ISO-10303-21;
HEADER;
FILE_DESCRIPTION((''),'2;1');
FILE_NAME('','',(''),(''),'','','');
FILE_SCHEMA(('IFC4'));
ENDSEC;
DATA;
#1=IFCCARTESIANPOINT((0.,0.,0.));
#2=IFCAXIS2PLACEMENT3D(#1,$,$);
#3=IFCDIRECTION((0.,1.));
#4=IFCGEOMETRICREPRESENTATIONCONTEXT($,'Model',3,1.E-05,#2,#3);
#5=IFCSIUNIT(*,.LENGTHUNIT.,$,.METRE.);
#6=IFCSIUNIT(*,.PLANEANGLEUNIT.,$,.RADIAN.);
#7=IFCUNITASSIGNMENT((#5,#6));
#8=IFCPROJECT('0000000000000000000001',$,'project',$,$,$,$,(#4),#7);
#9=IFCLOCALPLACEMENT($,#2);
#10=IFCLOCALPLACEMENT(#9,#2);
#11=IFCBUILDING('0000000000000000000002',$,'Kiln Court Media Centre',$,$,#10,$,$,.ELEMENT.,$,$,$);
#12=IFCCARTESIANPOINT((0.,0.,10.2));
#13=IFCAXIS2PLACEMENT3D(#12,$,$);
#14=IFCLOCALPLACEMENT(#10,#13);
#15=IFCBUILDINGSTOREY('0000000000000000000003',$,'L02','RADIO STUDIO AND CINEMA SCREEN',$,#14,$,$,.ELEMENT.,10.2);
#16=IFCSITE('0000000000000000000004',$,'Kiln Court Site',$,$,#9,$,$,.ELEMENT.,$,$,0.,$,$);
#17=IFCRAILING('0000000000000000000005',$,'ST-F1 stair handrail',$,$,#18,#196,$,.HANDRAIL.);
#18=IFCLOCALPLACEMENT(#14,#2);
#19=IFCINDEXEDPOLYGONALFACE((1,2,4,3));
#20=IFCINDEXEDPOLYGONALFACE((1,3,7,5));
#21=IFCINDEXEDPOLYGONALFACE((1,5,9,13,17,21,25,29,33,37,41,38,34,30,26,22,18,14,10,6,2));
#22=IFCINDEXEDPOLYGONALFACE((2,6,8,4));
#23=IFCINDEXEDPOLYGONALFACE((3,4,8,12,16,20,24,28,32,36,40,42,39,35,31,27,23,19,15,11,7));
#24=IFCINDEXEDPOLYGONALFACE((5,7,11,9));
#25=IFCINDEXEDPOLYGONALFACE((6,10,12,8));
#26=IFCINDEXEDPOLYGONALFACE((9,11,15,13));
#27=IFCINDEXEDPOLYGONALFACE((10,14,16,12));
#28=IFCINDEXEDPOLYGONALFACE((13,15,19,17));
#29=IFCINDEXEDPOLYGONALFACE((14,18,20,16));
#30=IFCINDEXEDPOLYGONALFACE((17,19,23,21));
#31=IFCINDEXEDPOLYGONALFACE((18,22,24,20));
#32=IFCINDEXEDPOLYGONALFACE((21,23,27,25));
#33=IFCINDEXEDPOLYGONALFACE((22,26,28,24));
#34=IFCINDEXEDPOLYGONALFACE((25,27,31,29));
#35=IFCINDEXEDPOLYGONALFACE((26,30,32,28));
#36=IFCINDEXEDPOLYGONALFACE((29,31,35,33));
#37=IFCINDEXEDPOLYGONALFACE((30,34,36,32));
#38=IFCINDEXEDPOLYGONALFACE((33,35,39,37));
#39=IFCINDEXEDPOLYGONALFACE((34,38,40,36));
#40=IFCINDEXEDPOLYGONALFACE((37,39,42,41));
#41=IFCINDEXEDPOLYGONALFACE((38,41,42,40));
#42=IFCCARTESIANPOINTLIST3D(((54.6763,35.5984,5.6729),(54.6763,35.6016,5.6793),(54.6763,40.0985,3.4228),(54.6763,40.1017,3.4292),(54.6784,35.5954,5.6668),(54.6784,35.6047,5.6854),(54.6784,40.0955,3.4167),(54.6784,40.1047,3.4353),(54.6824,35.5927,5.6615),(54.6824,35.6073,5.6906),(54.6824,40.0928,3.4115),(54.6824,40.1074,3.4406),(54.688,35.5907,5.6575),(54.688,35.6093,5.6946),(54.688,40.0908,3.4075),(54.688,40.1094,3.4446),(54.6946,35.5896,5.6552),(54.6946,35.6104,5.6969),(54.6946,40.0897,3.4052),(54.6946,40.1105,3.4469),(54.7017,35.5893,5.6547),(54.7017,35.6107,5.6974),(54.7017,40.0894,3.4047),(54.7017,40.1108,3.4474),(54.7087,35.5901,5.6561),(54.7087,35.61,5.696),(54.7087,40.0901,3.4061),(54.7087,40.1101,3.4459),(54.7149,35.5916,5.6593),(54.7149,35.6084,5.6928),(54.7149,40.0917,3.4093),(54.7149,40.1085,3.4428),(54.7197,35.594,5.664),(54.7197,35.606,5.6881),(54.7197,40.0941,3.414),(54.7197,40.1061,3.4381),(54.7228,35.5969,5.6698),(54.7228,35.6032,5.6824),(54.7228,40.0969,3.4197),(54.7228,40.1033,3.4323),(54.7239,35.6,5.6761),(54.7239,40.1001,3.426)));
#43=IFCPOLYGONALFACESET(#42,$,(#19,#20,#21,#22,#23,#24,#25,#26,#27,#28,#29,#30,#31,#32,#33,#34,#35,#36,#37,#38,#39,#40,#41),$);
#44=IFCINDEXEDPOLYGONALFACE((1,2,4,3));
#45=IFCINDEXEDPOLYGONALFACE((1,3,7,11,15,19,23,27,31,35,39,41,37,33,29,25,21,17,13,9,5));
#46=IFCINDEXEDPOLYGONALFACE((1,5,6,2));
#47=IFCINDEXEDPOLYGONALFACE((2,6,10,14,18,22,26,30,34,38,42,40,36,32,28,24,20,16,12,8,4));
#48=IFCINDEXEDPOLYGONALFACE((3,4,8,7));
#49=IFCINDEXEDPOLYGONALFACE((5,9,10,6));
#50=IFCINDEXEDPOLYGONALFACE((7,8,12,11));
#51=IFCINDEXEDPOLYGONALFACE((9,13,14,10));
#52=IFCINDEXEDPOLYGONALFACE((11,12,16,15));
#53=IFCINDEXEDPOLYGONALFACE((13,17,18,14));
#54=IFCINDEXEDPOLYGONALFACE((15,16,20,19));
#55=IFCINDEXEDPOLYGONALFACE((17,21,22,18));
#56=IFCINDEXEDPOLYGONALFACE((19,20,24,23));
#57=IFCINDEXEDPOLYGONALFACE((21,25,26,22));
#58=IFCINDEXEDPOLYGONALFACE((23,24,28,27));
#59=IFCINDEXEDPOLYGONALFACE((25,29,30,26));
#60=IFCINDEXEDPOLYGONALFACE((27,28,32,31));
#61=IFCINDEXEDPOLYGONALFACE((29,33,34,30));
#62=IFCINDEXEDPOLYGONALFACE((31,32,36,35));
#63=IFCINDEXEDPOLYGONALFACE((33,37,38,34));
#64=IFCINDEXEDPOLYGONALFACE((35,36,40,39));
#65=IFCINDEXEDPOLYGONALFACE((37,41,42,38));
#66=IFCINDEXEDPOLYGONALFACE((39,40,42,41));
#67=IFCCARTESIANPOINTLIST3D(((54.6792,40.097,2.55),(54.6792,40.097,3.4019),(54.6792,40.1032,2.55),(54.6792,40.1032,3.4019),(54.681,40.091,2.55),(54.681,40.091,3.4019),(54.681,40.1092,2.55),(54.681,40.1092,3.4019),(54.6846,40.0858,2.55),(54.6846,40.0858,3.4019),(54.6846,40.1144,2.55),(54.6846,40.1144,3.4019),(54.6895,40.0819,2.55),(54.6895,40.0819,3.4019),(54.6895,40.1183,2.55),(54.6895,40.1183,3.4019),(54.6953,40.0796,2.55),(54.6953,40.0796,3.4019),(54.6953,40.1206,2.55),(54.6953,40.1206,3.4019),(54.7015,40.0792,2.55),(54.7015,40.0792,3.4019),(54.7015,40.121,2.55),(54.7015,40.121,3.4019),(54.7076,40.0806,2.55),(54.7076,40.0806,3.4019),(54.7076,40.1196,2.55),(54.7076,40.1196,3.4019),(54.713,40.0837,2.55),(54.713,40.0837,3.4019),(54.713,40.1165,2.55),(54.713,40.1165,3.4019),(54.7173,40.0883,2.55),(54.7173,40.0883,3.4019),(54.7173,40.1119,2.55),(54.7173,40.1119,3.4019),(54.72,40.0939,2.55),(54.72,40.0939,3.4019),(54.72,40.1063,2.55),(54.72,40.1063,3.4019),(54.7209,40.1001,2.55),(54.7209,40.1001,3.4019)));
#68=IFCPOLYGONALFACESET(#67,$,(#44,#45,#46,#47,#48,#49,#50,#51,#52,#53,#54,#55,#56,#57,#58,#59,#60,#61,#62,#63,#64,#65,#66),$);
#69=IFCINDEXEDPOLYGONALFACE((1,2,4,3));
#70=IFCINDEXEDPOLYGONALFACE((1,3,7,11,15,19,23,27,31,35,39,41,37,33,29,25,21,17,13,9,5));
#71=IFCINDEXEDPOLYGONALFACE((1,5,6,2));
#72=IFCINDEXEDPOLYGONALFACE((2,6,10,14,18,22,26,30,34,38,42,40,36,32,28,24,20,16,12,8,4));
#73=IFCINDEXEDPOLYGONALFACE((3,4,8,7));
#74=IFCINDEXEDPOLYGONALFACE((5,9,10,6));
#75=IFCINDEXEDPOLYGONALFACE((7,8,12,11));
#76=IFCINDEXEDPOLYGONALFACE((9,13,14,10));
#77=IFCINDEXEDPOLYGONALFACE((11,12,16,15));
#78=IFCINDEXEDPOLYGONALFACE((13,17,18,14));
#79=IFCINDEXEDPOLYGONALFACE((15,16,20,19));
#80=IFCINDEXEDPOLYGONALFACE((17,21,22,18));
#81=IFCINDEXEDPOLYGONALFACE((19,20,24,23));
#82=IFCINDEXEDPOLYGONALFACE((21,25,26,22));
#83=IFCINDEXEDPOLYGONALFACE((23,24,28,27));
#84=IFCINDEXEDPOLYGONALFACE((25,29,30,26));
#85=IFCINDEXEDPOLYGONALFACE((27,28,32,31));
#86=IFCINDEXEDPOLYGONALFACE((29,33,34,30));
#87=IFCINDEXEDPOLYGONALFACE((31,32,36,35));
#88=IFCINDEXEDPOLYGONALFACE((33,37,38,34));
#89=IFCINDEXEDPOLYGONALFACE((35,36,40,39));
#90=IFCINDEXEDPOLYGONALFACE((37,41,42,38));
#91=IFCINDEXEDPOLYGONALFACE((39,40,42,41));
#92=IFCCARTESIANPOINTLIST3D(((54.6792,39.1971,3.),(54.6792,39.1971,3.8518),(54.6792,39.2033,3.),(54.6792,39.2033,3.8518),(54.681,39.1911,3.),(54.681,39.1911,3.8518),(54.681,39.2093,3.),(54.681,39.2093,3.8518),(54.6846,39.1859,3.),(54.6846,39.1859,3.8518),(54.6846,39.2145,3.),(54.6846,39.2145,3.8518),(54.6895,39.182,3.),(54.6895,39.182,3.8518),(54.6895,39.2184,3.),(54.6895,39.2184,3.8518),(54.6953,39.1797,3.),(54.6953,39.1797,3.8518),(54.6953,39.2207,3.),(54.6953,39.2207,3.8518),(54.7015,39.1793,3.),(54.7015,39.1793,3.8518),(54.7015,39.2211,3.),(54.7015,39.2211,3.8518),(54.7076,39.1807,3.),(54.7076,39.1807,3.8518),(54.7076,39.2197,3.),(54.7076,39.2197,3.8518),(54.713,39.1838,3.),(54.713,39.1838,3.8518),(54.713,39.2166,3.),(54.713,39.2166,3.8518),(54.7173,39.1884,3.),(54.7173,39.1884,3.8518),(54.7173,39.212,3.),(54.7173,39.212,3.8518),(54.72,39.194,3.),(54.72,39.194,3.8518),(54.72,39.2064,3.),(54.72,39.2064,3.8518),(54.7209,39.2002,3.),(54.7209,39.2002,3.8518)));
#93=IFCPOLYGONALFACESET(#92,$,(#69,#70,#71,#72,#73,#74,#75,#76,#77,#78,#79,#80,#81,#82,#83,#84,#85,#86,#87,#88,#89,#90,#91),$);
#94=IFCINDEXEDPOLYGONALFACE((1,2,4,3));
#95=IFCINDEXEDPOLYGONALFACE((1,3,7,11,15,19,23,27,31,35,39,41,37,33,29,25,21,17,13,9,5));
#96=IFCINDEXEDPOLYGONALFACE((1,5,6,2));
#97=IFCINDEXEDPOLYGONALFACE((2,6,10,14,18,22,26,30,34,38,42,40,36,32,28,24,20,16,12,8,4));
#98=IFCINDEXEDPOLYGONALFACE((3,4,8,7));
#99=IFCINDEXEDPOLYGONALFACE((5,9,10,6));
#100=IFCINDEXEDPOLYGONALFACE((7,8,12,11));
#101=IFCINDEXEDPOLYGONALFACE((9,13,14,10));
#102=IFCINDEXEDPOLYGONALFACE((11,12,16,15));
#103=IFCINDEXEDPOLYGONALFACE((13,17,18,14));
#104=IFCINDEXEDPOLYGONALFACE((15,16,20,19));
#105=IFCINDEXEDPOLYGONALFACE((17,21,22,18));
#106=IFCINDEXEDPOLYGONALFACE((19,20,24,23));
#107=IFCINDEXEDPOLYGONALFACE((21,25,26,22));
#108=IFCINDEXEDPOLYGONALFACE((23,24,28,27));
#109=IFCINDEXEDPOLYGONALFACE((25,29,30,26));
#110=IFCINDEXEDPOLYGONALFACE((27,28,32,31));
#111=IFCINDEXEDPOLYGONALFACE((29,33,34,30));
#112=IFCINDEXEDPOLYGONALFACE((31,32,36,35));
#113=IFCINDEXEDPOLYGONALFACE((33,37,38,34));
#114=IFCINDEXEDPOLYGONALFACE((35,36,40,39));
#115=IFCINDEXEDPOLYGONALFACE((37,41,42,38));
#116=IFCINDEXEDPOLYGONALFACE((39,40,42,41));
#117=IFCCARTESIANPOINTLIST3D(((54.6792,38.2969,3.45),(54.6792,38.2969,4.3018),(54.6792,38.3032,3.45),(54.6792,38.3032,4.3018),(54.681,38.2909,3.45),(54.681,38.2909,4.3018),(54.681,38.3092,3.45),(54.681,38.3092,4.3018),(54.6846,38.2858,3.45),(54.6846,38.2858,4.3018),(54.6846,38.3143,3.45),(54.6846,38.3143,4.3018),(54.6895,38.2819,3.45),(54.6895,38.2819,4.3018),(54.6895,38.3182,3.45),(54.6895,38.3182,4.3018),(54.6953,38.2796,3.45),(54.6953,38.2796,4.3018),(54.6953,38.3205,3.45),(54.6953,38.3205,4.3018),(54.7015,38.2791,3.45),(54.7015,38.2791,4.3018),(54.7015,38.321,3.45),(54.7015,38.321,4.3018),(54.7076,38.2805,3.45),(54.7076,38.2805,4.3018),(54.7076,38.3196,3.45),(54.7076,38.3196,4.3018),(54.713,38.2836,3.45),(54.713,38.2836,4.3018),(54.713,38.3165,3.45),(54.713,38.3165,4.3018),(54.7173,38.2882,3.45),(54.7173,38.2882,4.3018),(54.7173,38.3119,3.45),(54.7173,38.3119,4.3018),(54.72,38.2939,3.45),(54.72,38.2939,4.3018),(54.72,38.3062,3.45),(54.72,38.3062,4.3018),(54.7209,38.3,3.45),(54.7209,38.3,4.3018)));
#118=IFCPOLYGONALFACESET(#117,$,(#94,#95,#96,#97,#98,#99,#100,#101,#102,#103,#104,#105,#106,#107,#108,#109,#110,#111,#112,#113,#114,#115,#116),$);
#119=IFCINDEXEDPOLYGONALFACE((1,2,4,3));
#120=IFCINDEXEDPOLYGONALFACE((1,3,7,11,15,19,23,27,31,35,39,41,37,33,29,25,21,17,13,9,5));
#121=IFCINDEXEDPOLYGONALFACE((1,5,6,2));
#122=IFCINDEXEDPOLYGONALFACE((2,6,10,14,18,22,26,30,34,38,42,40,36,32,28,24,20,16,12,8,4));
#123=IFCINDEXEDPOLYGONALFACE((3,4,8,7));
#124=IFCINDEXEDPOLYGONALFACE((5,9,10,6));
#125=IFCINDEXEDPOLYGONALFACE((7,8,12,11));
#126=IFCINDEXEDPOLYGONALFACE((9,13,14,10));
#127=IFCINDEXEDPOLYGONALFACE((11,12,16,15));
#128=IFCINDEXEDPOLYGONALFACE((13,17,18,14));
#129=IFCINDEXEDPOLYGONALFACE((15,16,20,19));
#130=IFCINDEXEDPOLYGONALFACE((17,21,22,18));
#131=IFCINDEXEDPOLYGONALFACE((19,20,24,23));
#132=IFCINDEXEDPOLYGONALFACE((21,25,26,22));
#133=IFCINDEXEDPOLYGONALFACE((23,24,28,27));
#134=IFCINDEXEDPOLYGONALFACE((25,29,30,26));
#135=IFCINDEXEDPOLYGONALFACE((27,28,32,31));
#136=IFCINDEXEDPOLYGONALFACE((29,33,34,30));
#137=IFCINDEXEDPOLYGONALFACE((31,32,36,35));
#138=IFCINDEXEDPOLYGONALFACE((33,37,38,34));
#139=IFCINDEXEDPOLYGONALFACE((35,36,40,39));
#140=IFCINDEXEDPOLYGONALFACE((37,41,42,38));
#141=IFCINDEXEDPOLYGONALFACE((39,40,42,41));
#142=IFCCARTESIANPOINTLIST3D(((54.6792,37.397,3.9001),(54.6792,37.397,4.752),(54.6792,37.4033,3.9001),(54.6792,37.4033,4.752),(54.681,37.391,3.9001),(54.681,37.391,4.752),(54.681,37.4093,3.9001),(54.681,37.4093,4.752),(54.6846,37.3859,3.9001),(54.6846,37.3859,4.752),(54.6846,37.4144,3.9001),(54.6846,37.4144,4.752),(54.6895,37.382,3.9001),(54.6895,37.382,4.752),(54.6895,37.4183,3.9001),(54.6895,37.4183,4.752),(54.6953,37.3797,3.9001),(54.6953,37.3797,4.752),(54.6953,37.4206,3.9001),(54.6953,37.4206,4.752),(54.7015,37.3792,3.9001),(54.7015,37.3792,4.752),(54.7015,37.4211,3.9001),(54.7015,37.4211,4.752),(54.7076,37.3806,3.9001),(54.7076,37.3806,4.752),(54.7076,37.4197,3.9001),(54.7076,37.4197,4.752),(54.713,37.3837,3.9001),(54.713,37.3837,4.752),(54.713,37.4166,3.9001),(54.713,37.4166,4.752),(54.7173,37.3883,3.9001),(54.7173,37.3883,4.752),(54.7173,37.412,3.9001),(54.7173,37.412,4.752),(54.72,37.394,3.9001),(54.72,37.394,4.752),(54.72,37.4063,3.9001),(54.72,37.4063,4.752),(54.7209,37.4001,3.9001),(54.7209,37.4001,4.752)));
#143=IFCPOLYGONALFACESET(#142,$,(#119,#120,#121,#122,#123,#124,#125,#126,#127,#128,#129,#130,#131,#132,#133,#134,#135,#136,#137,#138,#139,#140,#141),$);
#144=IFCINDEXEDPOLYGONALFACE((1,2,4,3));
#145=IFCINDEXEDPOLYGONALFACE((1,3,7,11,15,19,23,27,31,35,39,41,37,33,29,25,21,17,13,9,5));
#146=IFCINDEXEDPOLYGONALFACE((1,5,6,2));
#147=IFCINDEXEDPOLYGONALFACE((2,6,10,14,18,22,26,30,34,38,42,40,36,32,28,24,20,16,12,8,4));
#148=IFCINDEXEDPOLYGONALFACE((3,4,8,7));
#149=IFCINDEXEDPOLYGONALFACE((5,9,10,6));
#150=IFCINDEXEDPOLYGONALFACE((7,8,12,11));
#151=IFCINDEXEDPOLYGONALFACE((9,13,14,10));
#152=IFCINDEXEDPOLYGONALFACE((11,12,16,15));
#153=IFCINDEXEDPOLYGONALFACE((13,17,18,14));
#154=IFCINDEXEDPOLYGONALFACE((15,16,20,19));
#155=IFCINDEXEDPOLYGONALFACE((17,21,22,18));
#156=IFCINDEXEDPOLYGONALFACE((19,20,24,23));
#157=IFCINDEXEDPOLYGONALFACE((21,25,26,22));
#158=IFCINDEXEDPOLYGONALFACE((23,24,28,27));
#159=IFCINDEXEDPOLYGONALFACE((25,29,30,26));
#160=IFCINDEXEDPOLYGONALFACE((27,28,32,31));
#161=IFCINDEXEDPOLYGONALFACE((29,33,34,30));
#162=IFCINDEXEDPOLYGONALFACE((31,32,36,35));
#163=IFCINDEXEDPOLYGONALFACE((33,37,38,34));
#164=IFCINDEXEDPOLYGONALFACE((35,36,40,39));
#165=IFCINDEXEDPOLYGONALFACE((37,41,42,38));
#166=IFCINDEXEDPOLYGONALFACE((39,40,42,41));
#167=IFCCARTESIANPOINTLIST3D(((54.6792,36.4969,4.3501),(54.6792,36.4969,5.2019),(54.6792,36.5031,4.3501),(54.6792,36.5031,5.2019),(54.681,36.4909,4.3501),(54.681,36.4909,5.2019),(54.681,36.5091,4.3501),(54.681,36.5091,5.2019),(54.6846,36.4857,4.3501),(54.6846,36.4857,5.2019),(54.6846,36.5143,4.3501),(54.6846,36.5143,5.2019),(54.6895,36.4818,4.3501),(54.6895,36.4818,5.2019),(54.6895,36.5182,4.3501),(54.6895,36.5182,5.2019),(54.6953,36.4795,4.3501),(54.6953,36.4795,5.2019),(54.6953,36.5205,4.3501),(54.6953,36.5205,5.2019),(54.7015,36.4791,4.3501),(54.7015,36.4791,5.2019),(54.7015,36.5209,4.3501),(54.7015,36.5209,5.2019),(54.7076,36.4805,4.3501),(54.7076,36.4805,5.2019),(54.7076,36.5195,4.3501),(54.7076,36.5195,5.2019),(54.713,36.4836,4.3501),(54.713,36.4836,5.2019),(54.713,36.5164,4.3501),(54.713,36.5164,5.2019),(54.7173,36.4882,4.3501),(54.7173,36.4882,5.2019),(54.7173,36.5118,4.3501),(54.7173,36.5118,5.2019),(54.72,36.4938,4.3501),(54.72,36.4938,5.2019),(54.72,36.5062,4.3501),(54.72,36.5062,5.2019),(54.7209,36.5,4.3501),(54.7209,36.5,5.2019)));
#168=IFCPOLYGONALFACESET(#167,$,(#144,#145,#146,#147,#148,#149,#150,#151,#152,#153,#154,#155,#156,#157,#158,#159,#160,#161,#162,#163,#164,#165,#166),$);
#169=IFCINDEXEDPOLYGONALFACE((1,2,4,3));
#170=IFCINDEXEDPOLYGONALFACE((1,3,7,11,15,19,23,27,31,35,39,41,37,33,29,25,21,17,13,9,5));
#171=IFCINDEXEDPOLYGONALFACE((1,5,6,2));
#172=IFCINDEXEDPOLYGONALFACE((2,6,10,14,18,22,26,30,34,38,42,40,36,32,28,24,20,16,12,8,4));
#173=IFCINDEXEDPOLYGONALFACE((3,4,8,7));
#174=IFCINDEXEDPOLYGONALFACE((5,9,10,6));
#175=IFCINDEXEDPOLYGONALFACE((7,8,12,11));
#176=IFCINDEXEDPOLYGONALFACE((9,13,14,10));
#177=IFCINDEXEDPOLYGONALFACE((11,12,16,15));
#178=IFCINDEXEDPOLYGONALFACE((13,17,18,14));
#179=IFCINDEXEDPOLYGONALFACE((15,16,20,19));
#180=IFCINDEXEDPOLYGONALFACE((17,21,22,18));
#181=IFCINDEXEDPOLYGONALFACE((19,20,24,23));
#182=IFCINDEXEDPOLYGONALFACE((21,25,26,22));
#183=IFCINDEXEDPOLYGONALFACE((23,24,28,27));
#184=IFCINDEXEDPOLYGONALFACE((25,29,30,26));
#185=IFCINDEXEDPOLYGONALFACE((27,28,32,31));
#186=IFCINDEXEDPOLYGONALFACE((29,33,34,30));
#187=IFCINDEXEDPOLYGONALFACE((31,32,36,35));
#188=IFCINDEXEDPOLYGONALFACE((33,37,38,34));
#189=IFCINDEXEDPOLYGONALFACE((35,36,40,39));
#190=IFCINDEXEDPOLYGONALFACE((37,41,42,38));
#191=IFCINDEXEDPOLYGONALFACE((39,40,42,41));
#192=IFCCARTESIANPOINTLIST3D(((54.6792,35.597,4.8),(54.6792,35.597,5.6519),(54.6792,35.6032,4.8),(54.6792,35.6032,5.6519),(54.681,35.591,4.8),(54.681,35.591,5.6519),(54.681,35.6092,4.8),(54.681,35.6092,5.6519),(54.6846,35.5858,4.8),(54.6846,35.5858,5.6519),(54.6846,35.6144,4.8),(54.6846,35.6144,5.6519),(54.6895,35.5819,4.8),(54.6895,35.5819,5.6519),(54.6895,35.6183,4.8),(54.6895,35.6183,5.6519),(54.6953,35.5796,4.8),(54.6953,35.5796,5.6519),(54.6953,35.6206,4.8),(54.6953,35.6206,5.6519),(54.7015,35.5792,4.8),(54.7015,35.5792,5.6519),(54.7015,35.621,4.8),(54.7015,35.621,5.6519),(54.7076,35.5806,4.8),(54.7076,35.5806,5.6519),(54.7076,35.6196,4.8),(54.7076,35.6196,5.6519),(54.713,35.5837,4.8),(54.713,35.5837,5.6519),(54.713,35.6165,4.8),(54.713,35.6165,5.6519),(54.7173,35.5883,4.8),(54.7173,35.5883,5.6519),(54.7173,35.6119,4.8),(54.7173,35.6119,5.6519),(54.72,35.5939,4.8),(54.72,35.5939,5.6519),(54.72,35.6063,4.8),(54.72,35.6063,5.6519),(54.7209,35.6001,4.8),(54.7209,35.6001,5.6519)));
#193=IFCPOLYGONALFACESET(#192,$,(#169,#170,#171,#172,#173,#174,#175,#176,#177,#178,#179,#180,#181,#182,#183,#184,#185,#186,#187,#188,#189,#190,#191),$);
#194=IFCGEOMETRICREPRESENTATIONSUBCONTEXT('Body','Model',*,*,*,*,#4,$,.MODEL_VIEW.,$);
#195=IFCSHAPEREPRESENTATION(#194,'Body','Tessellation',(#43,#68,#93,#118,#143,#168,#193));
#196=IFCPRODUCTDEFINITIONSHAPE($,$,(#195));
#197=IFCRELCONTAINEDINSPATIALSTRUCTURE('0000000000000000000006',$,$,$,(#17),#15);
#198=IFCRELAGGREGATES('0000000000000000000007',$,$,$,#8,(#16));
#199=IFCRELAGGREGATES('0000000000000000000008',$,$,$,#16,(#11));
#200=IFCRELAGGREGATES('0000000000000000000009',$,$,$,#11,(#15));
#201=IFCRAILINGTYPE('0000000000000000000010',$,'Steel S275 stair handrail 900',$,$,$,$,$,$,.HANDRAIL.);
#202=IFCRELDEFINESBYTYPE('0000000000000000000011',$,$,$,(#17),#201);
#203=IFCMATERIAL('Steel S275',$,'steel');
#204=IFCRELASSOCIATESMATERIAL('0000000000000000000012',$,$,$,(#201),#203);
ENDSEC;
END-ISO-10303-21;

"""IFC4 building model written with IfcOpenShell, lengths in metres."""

from ifc_helpers import new_model, si_unit, direction, frame, origin, origin_2d, place, context, subcontext, project, spatial, circle, extrude, material, type_object, element, save


model = new_model("IFC4")

# Units and contexts
model_context = context("Model", 3, precision=1e-05, world=origin(), true_north=direction((0.0, 1.0)))
body_context = subcontext(model_context, "Body", "Model", "MODEL_VIEW")
ifc_project = project(units=[si_unit("LENGTHUNIT", "METRE"), si_unit("PLANEANGLEUNIT", "RADIAN")], contexts=[model_context])

# Site, building, storey
site_placement = place(None, origin())
site = spatial("IfcSite", under=ifc_project, at=site_placement, Name="Kiln Court Site", CompositionType="ELEMENT", RefElevation=0.0)
building_placement = place(site_placement, origin())
building = spatial("IfcBuilding", under=site, at=building_placement, Name="Kiln Court Media Centre", CompositionType="ELEMENT")
storey_placement = place(building_placement, frame((0.0, 0.0, 10.2)))
storey = spatial("IfcBuildingStorey", under=building, at=storey_placement, Name="L02", Description="RADIO STUDIO AND CINEMA SCREEN", CompositionType="ELEMENT", Elevation=10.2)

# Railing
ifc_material_1 = material(Name="Steel S275", Category="steel")
railing_type_1 = type_object("IfcRailingType", Name="Steel S275 stair handrail 900", PredefinedType="HANDRAIL", material=ifc_material_1)
railing_1_placement = place(storey_placement, frame((54.7, 40.1001, 2.55)))
element("IfcRailing", 1, at=railing_1_placement, inside=storey, type_object=railing_type_1, Name="ST-F1 stair handrail", PredefinedType="HANDRAIL", context=body_context, shape_type="SweptSolid", body=[
    extrude(circle(Radius=0.0239, at=origin_2d()), frame((0.0, 0.0, 0.876), z_axis=(0.0, -0.894427, 0.447214), x_axis=(1.0, 0.0, 0.0)), (0.0, 0.0, 1.0), 5.0312),
    extrude(circle(Radius=0.021, at=origin_2d()), origin(), (0.0, 0.0, 1.0), 0.8518),
    extrude(circle(Radius=0.021, at=origin_2d()), frame((0.0, -0.8999, 0.45)), (0.0, 0.0, 1.0), 0.8518),
    extrude(circle(Radius=0.021, at=origin_2d()), frame((0.0, -1.8, 0.8999)), (0.0, 0.0, 1.0), 0.8518),
    extrude(circle(Radius=0.021, at=origin_2d()), frame((0.0, -2.7, 1.3501)), (0.0, 0.0, 1.0), 0.8518),
    extrude(circle(Radius=0.021, at=origin_2d()), frame((0.0, -3.6001, 1.8)), (0.0, 0.0, 1.0), 0.8518),
    extrude(circle(Radius=0.021, at=origin_2d()), frame((0.0, -4.5, 2.25)), (0.0, 0.0, 1.0), 0.8518),
])

save(model, "model.ifc")
